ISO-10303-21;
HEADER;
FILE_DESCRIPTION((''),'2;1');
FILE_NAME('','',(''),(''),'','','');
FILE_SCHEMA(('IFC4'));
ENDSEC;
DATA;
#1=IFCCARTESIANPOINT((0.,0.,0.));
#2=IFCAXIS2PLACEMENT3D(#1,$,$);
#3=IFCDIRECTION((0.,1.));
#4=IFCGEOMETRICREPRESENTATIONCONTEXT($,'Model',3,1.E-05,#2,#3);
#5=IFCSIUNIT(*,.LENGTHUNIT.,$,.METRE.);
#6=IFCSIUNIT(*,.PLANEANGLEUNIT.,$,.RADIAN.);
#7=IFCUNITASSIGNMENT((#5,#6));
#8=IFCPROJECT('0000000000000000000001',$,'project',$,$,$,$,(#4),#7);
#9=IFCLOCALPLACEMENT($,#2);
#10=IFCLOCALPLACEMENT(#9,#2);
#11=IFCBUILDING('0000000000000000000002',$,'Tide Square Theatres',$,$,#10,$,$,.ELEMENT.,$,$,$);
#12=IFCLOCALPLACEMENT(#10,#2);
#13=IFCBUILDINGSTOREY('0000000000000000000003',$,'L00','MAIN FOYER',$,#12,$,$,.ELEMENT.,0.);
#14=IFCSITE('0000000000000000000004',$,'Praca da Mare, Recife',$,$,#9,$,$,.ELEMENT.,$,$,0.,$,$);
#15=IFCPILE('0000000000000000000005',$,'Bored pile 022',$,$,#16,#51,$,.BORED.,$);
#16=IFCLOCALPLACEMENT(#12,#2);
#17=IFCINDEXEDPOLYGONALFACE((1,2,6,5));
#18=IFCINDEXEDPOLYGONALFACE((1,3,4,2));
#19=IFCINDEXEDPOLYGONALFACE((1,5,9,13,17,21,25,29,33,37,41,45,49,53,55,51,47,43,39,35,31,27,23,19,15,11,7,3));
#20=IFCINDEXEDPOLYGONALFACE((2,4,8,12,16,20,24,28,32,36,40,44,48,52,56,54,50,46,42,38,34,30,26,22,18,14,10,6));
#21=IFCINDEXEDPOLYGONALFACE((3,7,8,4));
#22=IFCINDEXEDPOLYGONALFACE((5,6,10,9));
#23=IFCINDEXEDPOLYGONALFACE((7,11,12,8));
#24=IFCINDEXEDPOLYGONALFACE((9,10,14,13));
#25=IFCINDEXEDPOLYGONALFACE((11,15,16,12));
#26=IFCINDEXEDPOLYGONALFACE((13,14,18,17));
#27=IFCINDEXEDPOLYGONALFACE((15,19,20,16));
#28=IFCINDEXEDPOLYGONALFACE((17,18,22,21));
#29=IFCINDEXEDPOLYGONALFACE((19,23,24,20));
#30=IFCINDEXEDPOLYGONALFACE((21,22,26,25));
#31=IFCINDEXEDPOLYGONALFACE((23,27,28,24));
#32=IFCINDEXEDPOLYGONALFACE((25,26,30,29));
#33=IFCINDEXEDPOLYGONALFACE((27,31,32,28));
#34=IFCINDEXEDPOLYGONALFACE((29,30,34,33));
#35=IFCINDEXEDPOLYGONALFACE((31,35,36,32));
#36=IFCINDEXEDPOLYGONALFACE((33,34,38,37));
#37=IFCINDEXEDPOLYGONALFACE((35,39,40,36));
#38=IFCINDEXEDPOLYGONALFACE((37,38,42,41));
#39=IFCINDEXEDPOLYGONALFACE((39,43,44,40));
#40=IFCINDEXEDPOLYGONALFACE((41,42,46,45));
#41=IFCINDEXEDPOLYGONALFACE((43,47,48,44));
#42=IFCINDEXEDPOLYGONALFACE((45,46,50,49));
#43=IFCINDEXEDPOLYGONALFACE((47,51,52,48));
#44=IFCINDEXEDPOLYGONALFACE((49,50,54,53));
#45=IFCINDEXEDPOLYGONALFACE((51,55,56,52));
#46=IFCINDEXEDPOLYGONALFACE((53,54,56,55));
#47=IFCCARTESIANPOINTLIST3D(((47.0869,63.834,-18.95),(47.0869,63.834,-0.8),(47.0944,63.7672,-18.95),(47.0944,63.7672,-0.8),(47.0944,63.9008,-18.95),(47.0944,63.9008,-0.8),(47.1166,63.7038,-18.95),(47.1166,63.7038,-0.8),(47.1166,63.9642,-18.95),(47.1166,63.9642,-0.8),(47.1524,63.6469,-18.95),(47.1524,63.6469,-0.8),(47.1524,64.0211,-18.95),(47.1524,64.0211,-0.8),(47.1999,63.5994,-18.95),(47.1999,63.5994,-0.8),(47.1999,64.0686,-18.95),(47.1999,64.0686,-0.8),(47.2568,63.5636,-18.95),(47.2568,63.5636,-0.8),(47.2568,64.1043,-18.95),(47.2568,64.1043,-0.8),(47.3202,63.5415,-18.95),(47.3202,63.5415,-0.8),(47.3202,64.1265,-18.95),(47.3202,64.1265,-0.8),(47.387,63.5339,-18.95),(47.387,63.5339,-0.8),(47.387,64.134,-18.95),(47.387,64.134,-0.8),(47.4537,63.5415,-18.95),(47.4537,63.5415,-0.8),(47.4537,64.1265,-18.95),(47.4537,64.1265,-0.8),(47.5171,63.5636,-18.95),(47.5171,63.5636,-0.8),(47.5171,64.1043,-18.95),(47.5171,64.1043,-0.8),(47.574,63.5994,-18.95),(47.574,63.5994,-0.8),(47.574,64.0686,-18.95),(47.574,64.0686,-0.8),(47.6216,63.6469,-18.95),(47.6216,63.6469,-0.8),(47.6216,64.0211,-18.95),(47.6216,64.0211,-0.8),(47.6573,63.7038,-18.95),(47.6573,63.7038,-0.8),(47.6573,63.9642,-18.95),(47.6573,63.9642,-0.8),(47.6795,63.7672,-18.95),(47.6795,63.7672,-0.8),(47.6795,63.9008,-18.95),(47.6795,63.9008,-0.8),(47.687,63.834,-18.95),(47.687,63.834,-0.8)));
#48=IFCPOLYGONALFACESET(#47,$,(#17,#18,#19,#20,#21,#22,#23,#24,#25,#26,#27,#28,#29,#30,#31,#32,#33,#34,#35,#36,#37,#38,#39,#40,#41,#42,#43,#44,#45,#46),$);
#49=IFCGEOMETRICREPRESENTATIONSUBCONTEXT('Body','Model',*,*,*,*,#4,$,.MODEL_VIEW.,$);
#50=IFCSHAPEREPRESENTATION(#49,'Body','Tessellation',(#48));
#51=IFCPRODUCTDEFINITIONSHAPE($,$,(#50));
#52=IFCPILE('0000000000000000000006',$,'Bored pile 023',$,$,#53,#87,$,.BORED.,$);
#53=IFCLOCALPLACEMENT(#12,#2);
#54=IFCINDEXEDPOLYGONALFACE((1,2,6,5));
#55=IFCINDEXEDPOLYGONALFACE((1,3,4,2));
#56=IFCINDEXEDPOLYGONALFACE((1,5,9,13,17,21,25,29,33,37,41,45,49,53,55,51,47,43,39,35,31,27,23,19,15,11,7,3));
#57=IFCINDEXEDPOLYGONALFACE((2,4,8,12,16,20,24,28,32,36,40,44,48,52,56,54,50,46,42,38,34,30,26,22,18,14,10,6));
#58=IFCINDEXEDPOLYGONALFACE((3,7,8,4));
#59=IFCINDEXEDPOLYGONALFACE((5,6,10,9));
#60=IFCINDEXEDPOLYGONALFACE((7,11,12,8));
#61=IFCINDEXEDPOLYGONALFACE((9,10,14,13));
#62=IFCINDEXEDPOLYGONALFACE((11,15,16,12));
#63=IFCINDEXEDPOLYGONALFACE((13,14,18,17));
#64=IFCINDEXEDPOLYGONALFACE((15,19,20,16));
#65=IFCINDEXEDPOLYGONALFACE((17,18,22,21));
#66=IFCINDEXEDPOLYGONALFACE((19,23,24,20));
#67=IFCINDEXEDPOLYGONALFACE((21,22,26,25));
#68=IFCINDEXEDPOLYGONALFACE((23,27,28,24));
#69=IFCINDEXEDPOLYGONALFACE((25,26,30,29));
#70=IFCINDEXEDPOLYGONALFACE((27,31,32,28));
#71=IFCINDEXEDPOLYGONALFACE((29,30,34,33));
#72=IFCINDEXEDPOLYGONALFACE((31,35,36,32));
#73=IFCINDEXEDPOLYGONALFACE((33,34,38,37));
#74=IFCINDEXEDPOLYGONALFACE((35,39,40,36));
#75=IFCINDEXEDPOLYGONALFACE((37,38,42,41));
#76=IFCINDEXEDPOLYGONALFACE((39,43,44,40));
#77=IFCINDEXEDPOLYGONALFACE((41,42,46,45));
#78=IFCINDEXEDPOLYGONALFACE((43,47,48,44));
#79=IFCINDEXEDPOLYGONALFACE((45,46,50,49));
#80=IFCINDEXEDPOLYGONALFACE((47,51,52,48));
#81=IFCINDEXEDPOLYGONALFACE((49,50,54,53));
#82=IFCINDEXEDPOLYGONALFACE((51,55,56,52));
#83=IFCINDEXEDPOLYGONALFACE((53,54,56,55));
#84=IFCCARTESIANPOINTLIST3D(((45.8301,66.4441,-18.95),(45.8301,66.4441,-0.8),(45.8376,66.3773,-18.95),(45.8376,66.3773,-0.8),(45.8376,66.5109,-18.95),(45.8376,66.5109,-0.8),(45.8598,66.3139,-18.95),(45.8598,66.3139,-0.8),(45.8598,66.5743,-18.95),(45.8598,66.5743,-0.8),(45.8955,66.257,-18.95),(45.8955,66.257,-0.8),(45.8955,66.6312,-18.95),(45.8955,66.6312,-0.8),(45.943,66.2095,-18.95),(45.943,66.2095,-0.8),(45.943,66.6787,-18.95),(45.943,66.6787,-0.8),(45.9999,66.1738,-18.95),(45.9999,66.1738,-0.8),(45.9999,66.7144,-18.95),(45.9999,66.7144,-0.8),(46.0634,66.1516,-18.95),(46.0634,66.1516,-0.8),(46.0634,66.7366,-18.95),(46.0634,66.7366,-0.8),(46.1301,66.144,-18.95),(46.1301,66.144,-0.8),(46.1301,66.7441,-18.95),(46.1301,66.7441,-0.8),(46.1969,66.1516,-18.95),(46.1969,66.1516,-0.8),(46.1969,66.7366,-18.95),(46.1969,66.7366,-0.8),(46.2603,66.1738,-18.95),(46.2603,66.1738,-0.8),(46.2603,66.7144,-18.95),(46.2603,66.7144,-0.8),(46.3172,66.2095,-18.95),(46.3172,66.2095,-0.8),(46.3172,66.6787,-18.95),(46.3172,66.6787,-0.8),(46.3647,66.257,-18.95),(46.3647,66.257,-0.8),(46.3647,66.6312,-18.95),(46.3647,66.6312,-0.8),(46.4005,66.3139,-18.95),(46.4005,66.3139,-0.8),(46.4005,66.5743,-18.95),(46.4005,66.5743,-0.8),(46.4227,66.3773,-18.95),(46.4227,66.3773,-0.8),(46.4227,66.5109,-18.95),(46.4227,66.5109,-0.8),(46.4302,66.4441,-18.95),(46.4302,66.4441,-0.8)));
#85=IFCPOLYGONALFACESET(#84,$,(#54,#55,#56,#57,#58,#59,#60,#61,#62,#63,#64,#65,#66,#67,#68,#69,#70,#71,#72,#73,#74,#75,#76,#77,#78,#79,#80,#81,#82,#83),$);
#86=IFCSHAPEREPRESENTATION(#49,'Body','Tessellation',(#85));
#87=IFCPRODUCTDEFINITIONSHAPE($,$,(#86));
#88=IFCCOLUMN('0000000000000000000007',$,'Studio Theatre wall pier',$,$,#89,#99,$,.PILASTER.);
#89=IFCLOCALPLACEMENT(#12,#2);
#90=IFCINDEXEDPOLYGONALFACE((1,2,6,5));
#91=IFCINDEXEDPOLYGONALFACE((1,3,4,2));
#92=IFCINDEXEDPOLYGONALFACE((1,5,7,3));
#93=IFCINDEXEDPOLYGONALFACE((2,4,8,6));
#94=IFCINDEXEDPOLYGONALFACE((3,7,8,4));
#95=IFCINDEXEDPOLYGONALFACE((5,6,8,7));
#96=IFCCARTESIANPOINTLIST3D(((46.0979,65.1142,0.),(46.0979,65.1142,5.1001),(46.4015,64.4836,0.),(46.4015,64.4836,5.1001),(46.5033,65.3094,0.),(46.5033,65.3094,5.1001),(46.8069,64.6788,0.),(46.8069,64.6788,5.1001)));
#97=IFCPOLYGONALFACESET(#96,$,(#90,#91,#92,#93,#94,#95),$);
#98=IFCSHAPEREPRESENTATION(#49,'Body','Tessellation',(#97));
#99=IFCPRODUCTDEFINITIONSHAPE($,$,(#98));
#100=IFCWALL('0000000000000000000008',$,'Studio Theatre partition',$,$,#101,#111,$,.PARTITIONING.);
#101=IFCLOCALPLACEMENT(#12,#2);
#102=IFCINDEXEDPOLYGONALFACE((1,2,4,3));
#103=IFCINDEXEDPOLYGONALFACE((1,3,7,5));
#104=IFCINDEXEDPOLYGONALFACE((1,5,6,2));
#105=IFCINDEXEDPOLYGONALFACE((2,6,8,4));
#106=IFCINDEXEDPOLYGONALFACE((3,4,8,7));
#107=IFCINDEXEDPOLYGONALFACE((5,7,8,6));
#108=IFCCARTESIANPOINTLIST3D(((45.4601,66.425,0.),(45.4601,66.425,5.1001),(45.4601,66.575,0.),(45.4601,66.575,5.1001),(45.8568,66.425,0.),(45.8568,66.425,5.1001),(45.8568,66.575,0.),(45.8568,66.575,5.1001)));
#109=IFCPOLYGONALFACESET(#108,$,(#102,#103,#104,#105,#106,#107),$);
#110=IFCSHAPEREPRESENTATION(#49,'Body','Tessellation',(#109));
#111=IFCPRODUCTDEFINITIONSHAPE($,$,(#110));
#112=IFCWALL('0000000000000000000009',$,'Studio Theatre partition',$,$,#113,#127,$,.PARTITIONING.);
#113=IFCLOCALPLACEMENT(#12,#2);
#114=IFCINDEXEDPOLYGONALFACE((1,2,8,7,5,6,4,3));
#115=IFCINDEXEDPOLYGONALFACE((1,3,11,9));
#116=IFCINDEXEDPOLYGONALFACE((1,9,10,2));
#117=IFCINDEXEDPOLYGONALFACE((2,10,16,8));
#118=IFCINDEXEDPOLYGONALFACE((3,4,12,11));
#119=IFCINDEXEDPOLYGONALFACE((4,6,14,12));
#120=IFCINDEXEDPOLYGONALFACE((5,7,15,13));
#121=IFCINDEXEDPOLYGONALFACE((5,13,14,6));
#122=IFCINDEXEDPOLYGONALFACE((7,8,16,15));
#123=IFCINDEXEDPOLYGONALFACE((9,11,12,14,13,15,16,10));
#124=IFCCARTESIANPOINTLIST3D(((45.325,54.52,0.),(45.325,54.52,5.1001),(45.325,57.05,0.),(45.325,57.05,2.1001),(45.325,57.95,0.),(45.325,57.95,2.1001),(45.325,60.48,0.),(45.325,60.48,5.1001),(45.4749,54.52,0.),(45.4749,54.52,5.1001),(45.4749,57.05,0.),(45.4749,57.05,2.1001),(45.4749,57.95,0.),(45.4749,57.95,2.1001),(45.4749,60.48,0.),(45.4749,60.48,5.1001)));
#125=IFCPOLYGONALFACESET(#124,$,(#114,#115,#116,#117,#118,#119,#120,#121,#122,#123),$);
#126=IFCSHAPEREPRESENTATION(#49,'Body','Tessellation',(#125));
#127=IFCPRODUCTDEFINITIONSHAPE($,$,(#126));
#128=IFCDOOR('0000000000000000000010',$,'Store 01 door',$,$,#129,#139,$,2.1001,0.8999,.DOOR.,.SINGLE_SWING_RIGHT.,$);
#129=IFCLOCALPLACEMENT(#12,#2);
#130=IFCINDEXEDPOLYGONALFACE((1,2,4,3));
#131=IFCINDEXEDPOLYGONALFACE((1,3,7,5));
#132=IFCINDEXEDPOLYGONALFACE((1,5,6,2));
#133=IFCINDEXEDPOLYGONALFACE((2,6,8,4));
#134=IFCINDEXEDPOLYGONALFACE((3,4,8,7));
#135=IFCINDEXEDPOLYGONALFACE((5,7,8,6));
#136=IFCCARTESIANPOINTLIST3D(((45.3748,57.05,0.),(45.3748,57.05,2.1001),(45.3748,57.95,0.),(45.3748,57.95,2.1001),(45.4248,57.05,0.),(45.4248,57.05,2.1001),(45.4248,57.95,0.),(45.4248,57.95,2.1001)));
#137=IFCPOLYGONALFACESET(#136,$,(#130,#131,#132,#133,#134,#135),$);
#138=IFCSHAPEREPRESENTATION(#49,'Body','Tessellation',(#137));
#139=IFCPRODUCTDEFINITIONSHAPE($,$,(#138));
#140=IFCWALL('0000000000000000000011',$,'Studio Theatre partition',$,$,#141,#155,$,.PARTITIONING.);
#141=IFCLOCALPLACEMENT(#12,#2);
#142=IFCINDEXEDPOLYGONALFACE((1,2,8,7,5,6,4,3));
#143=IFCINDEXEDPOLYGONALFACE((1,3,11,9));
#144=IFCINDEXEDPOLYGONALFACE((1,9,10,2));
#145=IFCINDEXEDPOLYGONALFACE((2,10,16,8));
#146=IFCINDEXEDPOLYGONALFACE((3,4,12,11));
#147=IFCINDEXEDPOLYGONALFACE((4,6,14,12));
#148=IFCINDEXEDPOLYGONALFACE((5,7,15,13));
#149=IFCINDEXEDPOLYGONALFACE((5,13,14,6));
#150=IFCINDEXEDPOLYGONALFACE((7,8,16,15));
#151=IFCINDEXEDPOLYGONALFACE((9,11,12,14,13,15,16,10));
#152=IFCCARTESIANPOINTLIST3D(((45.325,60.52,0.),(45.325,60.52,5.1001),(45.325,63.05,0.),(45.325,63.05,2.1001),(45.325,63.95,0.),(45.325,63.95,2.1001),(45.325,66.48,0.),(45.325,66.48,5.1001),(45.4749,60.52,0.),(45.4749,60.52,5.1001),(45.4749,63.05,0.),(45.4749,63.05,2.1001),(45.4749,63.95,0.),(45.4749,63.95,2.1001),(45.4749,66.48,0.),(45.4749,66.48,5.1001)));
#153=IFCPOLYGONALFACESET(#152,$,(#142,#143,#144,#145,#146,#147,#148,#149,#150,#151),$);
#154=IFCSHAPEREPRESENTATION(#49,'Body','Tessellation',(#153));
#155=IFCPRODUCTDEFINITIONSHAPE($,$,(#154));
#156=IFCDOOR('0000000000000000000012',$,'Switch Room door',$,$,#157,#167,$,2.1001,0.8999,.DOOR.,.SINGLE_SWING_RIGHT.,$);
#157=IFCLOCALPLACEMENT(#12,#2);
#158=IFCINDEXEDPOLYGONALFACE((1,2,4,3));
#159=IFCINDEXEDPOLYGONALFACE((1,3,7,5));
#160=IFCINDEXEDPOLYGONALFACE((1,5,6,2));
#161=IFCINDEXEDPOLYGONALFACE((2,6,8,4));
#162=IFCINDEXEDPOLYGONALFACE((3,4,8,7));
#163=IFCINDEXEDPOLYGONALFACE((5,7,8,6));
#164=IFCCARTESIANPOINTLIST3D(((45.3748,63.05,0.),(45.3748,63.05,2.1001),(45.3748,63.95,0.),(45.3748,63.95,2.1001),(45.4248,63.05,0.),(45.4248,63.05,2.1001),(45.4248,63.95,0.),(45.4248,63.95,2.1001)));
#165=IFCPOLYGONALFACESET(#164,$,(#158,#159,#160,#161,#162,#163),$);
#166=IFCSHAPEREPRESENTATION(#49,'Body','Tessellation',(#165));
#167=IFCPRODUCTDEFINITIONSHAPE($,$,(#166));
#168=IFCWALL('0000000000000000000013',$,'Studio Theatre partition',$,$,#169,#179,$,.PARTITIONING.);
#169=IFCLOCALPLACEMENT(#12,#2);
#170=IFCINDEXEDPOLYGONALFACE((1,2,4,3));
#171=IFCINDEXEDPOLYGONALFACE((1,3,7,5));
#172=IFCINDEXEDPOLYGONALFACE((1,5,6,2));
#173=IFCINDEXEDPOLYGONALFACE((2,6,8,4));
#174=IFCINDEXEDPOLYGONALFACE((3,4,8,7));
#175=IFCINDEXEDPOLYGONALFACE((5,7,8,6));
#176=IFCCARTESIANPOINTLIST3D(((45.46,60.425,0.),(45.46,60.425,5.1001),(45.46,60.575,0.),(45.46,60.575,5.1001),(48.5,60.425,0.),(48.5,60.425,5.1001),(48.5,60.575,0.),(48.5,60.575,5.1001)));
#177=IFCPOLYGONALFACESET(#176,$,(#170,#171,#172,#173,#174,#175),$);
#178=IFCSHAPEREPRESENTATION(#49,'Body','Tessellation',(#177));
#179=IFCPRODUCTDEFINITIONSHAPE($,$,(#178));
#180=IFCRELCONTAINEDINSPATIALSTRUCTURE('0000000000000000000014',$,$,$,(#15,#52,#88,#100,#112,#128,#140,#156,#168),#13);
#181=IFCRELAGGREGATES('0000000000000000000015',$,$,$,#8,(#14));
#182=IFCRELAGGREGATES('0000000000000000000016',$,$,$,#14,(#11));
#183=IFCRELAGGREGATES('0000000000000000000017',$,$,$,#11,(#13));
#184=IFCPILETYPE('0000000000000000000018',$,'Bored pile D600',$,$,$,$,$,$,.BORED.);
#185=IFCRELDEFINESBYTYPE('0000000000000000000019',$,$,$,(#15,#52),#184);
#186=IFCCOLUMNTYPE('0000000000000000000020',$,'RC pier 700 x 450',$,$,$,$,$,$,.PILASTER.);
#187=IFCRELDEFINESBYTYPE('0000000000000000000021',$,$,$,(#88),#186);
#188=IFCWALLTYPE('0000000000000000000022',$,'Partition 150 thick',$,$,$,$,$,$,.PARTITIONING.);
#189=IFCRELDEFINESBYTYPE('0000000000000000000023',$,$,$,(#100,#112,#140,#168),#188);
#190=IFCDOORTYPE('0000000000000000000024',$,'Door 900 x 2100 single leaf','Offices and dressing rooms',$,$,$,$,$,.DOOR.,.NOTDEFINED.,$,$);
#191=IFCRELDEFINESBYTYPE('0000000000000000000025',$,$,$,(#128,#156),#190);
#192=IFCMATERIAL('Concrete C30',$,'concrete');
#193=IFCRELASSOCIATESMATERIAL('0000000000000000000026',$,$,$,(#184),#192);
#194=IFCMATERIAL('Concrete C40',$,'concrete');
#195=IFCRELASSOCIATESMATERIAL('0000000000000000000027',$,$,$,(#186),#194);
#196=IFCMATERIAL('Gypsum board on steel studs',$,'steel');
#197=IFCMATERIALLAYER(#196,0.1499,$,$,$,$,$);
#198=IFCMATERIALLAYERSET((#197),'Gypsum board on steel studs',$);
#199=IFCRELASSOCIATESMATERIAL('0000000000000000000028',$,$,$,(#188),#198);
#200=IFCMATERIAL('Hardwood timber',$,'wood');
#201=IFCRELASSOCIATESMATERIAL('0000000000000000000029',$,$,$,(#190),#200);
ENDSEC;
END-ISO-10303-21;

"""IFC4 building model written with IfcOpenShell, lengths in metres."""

from ifc_helpers import new_model, si_unit, direction, frame, frame_2d, origin, origin_2d, place, context, subcontext, project, spatial, rectangle, circle, extrude, material, layer, layer_set, material_profile, profile_set, type_object, element, fill, save


model = new_model("IFC4")

# Units and contexts
model_context = context("Model", 3, precision=1e-05, world=origin(), true_north=direction((0.0, 1.0)))
body_context = subcontext(model_context, "Body", "Model", "MODEL_VIEW")
ifc_project = project(units=[si_unit("LENGTHUNIT", "METRE"), si_unit("PLANEANGLEUNIT", "RADIAN")], contexts=[model_context])

# Site, building, storey
site_placement = place(None, origin())
site = spatial("IfcSite", under=ifc_project, at=site_placement, Name="Praca da Mare, Recife", CompositionType="ELEMENT", RefElevation=0.0)
building_placement = place(site_placement, origin())
building = spatial("IfcBuilding", under=site, at=building_placement, Name="Tide Square Theatres", CompositionType="ELEMENT")
storey_placement = place(building_placement, origin())
storey = spatial("IfcBuildingStorey", under=building, at=storey_placement, Name="L00", Description="MAIN FOYER", CompositionType="ELEMENT", Elevation=0.0)

# Piles
ifc_material_1 = material(Name="Concrete C30", Category="concrete")
ifc_material_profile_1 = material_profile(ifc_material_1, circle(Radius=0.3, at=origin_2d()))
ifc_profile_set_1 = profile_set([ifc_material_profile_1], Name="Concrete C30")
pile_type = type_object("IfcPileType", Name="Bored pile D600", PredefinedType="BORED", material=ifc_profile_set_1)
for number, where, z_axis, x_axis, name in (
    (1, (47.387, 63.834, -0.8), (0.0, 0.0, -1.0), (1.0, 0.0, 0.0), "Bored pile 022"),
    (2, (46.1301, 66.4441, -0.8), (0.0, 0.0, -1.0), (1.0, 0.0, 0.0), "Bored pile 023"),
):
    element("IfcPile", number, at=place(storey_placement, frame(where, z_axis=z_axis, x_axis=x_axis)), inside=storey, type_object=pile_type, Name=name, PredefinedType="BORED", context=body_context, shape_type="SweptSolid", body=[
        extrude(circle(Radius=0.3, at=origin_2d()), origin(), (0.0, 0.0, 1.0), 18.1499),
    ])

# Column
ifc_material_2 = material(Name="Concrete C40", Category="concrete")
ifc_material_profile_2 = material_profile(ifc_material_2, rectangle(XDim=0.7, YDim=0.45, at=origin_2d()))
ifc_profile_set_2 = profile_set([ifc_material_profile_2], Name="Concrete C40")
column_type = type_object("IfcColumnType", Name="RC pier 700 x 450", PredefinedType="PILASTER", material=ifc_profile_set_2)
column_placement = place(storey_placement, frame((46.4524, 64.8965, 0.0), z_axis=(0.0, 0.0, 1.0), x_axis=(-0.433814, 0.901003, 0.0)))
element("IfcColumn", 3, at=column_placement, inside=storey, type_object=column_type, Name="Studio Theatre wall pier", PredefinedType="PILASTER", context=body_context, shape_type="SweptSolid", body=[
    extrude(rectangle(XDim=0.7, YDim=0.45, at=origin_2d()), origin(), (0.0, 0.0, 1.0), 5.1001),
])

# Wall
ifc_material_3 = material(Name="Gypsum board on steel studs", Category="steel")
ifc_layer_1 = layer(ifc_material_3, 0.1499)
ifc_layer_set_1 = layer_set([ifc_layer_1], Name="Gypsum board on steel studs")
wall_type_1 = type_object("IfcWallType", Name="Partition 150 thick", PredefinedType="PARTITIONING", material=ifc_layer_set_1)
wall_1_placement = place(storey_placement, frame((45.8567, 66.5, 0.0), z_axis=(0.0, 0.0, 1.0), x_axis=(-1.0, 0.0, 0.0)))
element("IfcWall", 4, at=wall_1_placement, inside=storey, type_object=wall_type_1, Name="Studio Theatre partition", PredefinedType="PARTITIONING", context=body_context, shape_type="SweptSolid", body=[
    extrude(rectangle(XDim=0.3967, YDim=0.1499, at=frame_2d((0.1982, 0.0))), origin(), (0.0, 0.0, 1.0), 5.1001),
])

# Walls, openings, doors
wall_2_placement = place(storey_placement, frame((45.3999, 60.48, 0.0), z_axis=(0.0, 0.0, 1.0), x_axis=(0.0, -1.0, 0.0)))
wall_2 = element("IfcWall", 5, at=wall_2_placement, inside=storey, type_object=wall_type_1, Name="Studio Theatre partition", PredefinedType="PARTITIONING", context=body_context, shape_type="SweptSolid", body=[
    extrude(rectangle(XDim=5.96, YDim=0.1499, at=frame_2d((2.98, 0.0))), origin(), (0.0, 0.0, 1.0), 5.1001),
])
opening_1_placement = place(wall_2_placement, frame((2.53, 0.0, 0.0)))
opening_1 = element("IfcOpeningElement", 6, at=opening_1_placement, cuts=wall_2, PredefinedType="OPENING", context=body_context, shape_type="SweptSolid", body=[
    extrude(rectangle(XDim=0.8999, YDim=2.1001, at=frame_2d((0.45, 1.05))), frame((0.0, 0.085, 0.0), z_axis=(0.0, -1.0, 0.0), x_axis=(1.0, 0.0, 0.0)), (0.0, 0.0, 1.0), 0.1699),
])
ifc_material_4 = material(Name="Hardwood timber", Category="wood")
door_type_1 = type_object("IfcDoorType", Name="Door 900 x 2100 single leaf", Description="Offices and dressing rooms", OperationType="NOTDEFINED", PredefinedType="DOOR", material=ifc_material_4)
door_1_placement = place(opening_1_placement, origin())
door_1 = element("IfcDoor", 7, at=door_1_placement, inside=storey, type_object=door_type_1, Name="Store 01 door", OperationType="SINGLE_SWING_RIGHT", OverallHeight=2.1001, OverallWidth=0.8999, PredefinedType="DOOR", context=body_context, shape_type="SweptSolid", body=[
    extrude(rectangle(XDim=0.8999, YDim=2.1001, at=frame_2d((0.45, 1.05))), frame((0.0, 0.0249, 0.0), z_axis=(0.0, -1.0, 0.0), x_axis=(1.0, 0.0, 0.0)), (0.0, 0.0, 1.0), 0.05),
])
fill(opening_1, door_1)
wall_3_placement = place(storey_placement, frame((45.3999, 66.48, 0.0), z_axis=(0.0, 0.0, 1.0), x_axis=(0.0, -1.0, 0.0)))
wall_3 = element("IfcWall", 8, at=wall_3_placement, inside=storey, type_object=wall_type_1, Name="Studio Theatre partition", PredefinedType="PARTITIONING", context=body_context, shape_type="SweptSolid", body=[
    extrude(rectangle(XDim=5.96, YDim=0.1499, at=frame_2d((2.98, 0.0))), origin(), (0.0, 0.0, 1.0), 5.1001),
])
opening_2_placement = place(wall_3_placement, frame((2.53, 0.0, 0.0)))
opening_2 = element("IfcOpeningElement", 9, at=opening_2_placement, cuts=wall_3, PredefinedType="OPENING", context=body_context, shape_type="SweptSolid", body=[
    extrude(rectangle(XDim=0.8999, YDim=2.1001, at=frame_2d((0.45, 1.05))), frame((0.0, 0.085, 0.0), z_axis=(0.0, -1.0, 0.0), x_axis=(1.0, 0.0, 0.0)), (0.0, 0.0, 1.0), 0.1699),
])
door_2_placement = place(opening_2_placement, origin())
door_2 = element("IfcDoor", 10, at=door_2_placement, inside=storey, type_object=door_type_1, Name="Switch Room door", OperationType="SINGLE_SWING_RIGHT", OverallHeight=2.1001, OverallWidth=0.8999, PredefinedType="DOOR", context=body_context, shape_type="SweptSolid", body=[
    extrude(rectangle(XDim=0.8999, YDim=2.1001, at=frame_2d((0.45, 1.05))), frame((0.0, 0.0249, 0.0), z_axis=(0.0, -1.0, 0.0), x_axis=(1.0, 0.0, 0.0)), (0.0, 0.0, 1.0), 0.05),
])
fill(opening_2, door_2)

# Wall
wall_4_placement = place(storey_placement, frame((45.46, 60.5, 0.0), z_axis=(0.0, 0.0, 1.0), x_axis=(1.0, 0.0, 0.0)))
element("IfcWall", 11, at=wall_4_placement, inside=storey, type_object=wall_type_1, Name="Studio Theatre partition", PredefinedType="PARTITIONING", context=body_context, shape_type="SweptSolid", body=[
    extrude(rectangle(XDim=3.04, YDim=0.1499, at=frame_2d((1.52, 0.0))), origin(), (0.0, 0.0, 1.0), 5.1001),
])

save(model, "model.ifc")
